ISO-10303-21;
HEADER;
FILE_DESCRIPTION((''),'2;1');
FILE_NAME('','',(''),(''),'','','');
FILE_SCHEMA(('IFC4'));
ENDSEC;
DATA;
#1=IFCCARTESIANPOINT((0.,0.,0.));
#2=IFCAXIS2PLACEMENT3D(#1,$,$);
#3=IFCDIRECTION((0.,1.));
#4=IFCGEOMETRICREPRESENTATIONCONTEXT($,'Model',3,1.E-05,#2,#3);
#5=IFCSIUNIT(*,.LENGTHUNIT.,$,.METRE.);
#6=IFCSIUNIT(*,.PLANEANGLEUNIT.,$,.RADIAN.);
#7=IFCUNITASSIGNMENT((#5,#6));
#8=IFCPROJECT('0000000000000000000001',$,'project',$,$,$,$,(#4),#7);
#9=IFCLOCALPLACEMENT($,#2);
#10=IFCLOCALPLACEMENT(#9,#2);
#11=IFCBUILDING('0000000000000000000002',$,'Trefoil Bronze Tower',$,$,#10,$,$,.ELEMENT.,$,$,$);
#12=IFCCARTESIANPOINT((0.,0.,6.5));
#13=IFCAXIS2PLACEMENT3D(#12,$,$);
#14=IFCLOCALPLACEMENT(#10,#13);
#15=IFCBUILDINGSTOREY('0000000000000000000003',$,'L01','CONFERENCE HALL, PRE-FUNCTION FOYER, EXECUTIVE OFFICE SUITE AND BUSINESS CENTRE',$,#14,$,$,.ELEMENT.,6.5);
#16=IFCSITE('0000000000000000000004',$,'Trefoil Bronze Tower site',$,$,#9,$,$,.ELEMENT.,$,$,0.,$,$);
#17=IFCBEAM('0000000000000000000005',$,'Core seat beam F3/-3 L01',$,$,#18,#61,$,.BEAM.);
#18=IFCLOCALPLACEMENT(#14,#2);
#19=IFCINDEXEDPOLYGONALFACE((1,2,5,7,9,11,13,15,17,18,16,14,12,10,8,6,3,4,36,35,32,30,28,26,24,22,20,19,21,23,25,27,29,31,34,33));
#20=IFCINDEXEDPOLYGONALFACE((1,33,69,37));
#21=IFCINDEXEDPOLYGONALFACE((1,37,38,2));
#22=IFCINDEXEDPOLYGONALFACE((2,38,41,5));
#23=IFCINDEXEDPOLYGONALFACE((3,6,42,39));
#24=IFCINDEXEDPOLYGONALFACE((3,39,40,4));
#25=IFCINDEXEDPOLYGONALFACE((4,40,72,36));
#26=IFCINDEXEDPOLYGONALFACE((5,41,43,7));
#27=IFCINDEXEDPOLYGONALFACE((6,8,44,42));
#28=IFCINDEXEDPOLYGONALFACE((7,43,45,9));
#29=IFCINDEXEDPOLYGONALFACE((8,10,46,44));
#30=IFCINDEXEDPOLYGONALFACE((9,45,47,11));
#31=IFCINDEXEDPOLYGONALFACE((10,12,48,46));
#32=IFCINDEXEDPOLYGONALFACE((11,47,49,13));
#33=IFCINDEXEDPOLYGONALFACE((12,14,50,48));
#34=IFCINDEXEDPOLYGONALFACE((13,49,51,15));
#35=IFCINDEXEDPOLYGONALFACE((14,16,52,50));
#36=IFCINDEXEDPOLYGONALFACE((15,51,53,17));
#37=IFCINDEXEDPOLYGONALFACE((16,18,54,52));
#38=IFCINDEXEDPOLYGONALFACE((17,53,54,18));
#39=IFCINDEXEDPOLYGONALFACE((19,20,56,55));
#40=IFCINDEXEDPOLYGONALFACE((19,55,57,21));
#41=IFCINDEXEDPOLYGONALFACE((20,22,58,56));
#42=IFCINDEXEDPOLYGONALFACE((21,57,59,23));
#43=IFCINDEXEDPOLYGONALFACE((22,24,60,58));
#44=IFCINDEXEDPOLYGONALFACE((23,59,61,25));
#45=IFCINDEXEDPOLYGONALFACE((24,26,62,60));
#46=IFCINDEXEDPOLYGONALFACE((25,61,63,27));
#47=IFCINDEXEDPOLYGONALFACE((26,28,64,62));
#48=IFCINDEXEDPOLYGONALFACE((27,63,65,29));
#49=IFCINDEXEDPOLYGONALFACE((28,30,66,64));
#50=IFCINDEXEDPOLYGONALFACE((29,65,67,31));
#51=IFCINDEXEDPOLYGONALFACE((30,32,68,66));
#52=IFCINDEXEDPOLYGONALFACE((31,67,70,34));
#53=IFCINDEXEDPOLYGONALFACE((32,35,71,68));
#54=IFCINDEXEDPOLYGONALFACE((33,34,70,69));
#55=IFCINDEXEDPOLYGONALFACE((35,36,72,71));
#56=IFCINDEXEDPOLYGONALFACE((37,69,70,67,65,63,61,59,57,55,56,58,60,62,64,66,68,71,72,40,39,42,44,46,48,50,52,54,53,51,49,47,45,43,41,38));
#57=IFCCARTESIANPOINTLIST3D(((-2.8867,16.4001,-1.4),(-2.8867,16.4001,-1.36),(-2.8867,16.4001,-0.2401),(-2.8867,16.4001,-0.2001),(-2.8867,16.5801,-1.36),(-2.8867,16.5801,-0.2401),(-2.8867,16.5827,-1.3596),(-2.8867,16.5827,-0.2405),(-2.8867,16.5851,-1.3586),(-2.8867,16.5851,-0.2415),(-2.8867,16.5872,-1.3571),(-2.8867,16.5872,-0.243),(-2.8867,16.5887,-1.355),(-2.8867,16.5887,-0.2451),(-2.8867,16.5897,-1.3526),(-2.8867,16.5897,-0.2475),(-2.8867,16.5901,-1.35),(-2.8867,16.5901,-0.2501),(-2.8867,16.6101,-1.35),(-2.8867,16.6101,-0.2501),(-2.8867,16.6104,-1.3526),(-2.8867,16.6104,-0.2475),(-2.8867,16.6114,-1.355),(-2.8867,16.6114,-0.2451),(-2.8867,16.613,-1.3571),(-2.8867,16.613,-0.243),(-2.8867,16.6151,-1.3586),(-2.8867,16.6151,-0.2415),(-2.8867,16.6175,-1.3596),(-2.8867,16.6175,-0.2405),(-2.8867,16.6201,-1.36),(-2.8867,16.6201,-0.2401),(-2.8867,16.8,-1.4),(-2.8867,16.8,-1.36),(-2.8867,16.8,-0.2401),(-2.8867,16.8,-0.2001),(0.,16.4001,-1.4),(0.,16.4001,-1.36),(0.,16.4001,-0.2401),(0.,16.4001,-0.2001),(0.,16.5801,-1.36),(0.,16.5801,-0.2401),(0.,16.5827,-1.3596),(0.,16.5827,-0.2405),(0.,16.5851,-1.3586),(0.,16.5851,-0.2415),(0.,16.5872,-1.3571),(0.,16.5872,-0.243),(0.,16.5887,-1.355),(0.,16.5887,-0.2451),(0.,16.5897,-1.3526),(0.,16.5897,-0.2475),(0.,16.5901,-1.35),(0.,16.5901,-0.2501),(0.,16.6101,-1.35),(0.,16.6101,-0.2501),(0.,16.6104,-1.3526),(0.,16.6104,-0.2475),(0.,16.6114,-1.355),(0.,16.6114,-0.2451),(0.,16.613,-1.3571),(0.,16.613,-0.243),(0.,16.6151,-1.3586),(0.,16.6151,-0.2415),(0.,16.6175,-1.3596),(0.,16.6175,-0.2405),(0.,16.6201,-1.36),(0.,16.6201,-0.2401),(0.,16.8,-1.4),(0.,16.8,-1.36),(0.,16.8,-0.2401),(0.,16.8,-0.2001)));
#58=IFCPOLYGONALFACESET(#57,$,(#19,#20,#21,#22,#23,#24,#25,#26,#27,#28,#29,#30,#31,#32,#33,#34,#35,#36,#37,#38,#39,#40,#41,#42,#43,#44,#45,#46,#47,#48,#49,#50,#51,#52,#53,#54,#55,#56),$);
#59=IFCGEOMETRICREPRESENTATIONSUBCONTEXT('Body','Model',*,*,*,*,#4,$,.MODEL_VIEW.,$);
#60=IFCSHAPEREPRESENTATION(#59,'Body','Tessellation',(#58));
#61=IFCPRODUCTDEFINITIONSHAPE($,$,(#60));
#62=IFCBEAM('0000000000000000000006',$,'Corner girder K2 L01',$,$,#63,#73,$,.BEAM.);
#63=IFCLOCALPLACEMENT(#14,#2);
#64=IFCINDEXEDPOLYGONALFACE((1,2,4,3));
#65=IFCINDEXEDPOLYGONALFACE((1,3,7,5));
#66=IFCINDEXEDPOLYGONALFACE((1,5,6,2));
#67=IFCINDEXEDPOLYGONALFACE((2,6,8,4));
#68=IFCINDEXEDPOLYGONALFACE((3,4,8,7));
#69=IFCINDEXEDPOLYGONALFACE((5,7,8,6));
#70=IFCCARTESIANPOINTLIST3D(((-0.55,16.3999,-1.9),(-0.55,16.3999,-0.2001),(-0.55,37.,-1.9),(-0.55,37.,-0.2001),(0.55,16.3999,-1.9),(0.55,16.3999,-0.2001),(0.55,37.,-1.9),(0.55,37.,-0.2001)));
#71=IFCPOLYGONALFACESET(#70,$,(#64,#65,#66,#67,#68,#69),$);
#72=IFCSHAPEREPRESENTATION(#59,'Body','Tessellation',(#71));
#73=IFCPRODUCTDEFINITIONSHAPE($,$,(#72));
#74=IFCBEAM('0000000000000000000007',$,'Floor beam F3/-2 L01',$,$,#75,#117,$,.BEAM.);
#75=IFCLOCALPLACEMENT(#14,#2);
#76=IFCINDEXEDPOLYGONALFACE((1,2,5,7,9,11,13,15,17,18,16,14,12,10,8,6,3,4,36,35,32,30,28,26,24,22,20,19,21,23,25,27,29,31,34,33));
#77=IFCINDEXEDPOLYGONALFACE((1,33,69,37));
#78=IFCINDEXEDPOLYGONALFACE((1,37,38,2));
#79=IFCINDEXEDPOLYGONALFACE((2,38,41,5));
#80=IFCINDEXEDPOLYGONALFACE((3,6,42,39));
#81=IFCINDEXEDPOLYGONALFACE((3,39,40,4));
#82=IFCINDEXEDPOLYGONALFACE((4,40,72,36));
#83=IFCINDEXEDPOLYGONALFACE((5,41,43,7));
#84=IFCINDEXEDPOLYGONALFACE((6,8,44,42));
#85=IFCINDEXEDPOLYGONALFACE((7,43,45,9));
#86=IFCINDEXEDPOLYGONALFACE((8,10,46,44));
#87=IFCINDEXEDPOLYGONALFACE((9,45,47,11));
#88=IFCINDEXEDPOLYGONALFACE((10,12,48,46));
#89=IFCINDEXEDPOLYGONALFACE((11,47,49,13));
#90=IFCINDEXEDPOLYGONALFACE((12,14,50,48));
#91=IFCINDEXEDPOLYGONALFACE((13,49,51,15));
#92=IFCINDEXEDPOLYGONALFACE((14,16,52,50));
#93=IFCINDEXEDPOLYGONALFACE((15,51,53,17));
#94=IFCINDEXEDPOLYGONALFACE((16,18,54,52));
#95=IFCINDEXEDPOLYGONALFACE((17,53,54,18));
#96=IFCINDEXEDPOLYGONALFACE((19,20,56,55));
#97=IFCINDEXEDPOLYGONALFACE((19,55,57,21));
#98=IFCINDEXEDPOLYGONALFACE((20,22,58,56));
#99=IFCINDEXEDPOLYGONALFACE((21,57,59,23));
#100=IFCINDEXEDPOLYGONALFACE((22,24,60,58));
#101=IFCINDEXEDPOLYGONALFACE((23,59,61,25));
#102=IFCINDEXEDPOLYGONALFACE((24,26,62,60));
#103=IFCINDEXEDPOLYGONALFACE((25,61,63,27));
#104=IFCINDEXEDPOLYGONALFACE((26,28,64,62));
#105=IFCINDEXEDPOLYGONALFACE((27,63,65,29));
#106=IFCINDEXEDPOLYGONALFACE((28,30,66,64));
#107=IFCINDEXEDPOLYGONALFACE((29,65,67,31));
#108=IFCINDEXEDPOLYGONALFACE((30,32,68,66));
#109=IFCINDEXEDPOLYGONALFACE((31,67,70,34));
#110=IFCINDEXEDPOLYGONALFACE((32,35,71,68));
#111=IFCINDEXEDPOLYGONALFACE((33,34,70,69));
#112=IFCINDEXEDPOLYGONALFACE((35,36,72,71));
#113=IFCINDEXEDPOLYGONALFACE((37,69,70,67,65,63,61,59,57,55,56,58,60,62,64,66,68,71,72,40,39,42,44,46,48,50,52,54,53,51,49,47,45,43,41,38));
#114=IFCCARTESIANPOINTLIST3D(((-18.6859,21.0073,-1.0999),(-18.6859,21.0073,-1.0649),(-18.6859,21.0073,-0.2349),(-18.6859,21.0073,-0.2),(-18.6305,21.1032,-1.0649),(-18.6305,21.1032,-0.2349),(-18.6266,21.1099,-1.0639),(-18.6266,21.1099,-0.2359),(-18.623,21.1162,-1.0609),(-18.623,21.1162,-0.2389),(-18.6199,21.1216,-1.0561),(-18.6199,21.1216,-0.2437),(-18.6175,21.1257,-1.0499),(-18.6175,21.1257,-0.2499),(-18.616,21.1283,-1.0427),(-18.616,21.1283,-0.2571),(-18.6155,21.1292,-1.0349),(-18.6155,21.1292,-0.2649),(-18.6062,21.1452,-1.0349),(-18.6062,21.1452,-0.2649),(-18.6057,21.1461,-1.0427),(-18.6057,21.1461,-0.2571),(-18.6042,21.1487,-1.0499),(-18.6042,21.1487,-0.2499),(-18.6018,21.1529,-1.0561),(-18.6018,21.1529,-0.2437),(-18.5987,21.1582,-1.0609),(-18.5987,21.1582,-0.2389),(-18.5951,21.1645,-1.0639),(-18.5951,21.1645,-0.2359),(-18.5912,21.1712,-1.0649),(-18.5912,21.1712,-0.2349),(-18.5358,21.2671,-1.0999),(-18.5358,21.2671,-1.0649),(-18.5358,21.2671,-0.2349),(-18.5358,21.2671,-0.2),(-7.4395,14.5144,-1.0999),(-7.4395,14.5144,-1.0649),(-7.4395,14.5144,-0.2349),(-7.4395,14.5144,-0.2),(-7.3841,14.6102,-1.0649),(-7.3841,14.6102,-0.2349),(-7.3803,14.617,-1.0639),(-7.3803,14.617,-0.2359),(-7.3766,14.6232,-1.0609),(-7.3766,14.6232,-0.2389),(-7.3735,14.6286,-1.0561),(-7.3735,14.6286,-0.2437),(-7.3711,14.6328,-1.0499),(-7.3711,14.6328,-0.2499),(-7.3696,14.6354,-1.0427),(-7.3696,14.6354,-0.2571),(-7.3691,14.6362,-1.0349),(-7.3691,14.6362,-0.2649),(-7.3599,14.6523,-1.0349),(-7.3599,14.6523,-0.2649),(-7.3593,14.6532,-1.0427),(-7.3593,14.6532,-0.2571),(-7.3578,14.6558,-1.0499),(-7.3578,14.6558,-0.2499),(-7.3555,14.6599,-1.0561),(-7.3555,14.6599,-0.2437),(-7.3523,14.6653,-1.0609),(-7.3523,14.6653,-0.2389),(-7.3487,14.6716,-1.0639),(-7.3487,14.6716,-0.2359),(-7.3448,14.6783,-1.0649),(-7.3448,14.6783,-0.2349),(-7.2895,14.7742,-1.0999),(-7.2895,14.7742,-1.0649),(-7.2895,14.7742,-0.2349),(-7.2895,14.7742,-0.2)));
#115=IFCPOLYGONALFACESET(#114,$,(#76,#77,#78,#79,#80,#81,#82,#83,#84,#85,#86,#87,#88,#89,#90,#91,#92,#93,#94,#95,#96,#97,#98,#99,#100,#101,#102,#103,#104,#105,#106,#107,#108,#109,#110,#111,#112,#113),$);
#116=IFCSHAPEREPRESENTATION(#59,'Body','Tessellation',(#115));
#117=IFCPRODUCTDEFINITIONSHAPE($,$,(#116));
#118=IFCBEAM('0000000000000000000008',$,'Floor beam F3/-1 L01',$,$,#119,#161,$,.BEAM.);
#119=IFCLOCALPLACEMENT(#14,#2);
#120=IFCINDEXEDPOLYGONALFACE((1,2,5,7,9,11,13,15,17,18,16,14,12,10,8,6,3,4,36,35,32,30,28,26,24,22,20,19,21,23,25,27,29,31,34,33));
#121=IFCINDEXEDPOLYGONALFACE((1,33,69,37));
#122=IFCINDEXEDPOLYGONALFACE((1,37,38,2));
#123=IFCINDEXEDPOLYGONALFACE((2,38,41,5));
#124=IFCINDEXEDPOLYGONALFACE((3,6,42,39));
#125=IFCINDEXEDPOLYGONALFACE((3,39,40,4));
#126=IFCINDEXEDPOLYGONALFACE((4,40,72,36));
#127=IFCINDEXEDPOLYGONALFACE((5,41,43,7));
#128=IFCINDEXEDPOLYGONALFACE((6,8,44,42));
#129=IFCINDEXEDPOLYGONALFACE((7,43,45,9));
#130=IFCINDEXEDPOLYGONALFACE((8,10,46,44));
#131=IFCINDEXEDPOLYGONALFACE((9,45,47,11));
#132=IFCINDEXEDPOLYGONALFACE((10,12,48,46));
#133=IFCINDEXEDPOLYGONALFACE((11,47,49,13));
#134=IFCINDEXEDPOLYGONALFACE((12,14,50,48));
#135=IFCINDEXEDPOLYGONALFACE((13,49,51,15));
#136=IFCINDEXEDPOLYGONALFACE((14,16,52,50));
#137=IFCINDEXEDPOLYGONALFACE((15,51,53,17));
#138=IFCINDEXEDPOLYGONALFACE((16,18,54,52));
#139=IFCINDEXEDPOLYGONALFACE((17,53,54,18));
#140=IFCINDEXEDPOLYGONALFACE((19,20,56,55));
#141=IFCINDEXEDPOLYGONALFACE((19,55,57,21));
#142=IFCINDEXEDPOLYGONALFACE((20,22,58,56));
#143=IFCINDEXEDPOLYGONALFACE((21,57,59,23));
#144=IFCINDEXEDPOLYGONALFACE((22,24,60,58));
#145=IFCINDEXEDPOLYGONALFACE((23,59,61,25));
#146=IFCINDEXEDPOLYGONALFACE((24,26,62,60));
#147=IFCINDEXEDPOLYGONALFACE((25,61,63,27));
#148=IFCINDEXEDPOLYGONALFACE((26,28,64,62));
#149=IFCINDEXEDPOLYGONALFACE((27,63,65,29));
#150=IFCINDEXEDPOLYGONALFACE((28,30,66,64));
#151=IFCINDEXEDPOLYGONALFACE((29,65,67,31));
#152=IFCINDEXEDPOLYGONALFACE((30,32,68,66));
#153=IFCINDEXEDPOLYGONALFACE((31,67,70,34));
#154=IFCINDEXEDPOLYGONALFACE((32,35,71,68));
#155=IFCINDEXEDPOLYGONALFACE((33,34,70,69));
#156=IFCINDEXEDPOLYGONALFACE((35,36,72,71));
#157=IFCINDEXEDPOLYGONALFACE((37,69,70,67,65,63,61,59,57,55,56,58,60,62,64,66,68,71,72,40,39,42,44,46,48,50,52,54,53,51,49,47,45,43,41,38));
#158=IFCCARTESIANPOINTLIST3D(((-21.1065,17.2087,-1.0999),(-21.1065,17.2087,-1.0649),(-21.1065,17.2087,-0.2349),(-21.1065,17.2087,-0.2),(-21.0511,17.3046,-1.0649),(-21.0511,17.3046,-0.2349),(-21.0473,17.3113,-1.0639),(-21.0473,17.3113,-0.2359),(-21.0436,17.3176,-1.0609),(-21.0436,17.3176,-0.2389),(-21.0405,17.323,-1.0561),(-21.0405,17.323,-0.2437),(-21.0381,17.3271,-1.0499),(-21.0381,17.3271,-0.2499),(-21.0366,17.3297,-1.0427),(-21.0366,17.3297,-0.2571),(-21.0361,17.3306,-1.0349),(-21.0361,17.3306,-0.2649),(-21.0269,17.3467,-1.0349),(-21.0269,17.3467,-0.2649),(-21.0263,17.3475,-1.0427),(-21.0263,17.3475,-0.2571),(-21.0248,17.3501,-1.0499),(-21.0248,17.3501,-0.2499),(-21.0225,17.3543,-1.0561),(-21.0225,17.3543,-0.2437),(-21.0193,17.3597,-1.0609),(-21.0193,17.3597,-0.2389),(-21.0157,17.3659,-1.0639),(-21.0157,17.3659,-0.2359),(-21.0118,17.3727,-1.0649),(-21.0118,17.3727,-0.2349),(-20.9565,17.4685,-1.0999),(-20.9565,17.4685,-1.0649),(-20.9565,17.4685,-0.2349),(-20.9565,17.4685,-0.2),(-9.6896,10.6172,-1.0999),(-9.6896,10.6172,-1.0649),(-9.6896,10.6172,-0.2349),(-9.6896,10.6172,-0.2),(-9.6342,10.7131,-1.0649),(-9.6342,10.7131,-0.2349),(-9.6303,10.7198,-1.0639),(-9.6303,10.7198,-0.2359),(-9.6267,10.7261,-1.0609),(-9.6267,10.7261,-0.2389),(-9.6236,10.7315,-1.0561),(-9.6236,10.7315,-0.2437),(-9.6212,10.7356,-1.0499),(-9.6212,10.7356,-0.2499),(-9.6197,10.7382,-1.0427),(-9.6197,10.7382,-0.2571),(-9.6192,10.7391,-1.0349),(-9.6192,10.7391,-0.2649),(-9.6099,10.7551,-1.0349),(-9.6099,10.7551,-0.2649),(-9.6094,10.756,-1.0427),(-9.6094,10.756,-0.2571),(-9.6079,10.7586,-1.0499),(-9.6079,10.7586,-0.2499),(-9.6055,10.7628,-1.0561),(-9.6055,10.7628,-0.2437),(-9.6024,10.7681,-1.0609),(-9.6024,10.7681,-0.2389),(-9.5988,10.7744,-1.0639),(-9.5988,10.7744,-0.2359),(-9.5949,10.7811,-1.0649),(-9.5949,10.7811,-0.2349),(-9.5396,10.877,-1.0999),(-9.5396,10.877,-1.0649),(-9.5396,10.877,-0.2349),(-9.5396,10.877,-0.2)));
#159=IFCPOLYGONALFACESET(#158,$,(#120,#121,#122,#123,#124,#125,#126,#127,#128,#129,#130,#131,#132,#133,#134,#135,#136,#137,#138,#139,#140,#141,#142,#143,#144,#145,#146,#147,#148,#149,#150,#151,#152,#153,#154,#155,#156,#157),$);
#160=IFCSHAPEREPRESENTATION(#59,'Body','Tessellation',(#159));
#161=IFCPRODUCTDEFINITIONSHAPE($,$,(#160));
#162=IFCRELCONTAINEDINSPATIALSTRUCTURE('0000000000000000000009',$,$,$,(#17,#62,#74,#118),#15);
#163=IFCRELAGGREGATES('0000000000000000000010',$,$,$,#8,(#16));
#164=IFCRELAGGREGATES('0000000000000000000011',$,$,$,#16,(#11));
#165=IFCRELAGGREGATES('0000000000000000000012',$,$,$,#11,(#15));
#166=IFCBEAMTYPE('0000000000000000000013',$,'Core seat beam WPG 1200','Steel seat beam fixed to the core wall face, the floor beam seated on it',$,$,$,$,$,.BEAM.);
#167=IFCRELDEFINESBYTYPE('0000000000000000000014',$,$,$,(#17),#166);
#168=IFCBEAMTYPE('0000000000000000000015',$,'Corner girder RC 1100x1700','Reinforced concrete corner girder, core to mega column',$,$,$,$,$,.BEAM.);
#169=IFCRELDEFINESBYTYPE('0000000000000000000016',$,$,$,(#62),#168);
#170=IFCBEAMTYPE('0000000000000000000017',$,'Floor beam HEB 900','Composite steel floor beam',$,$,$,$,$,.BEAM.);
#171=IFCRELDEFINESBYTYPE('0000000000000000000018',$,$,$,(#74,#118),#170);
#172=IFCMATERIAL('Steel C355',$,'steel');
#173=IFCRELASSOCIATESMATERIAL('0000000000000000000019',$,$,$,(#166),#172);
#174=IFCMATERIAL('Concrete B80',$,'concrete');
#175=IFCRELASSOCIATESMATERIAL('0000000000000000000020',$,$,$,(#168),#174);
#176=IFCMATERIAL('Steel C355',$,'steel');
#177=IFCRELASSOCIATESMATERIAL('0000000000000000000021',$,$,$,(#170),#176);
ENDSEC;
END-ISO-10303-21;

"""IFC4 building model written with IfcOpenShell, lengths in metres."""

from ifc_helpers import new_model, si_unit, direction, frame, origin, origin_2d, place, context, subcontext, project, spatial, rectangle, i_section, extrude, material, material_profile, profile_set, type_object, element, save


model = new_model("IFC4")

# Units and contexts
model_context = context("Model", 3, precision=1e-05, world=origin(), true_north=direction((0.0, 1.0)))
body_context = subcontext(model_context, "Body", "Model", "MODEL_VIEW")
ifc_project = project(units=[si_unit("LENGTHUNIT", "METRE"), si_unit("PLANEANGLEUNIT", "RADIAN")], contexts=[model_context])

# Site, building, storey
site_placement = place(None, origin())
site = spatial("IfcSite", under=ifc_project, at=site_placement, Name="Trefoil Bronze Tower site", CompositionType="ELEMENT", RefElevation=0.0)
building_placement = place(site_placement, origin())
building = spatial("IfcBuilding", under=site, at=building_placement, Name="Trefoil Bronze Tower", CompositionType="ELEMENT")
storey_placement = place(building_placement, frame((0.0, 0.0, 6.5)))
storey = spatial("IfcBuildingStorey", under=building, at=storey_placement, Name="L01", Description="CONFERENCE HALL, PRE-FUNCTION FOYER, EXECUTIVE OFFICE SUITE AND BUSINESS CENTRE", CompositionType="ELEMENT", Elevation=6.5)

# Beams
ifc_material_1 = material(Name="Steel C355", Category="steel")
ifc_material_profile_1 = material_profile(ifc_material_1, i_section(OverallWidth=0.3999, OverallDepth=1.2, WebThickness=0.02, FlangeThickness=0.04, FilletRadius=0.01, at=origin_2d()), Name="WPG 1200")
ifc_profile_set_1 = profile_set([ifc_material_profile_1], Name="Steel C355")
beam_type_1 = type_object("IfcBeamType", Name="Core seat beam WPG 1200", Description="Steel seat beam fixed to the core wall face, the floor beam seated on it", PredefinedType="BEAM", material=ifc_profile_set_1)
beam_1_placement = place(storey_placement, frame((0.0, 16.6001, -0.8), z_axis=(-1.0, 0.0, 0.0), x_axis=(0.0, -1.0, 0.0)))
element("IfcBeam", 1, at=beam_1_placement, inside=storey, type_object=beam_type_1, Name="Core seat beam F3/-3 L01", PredefinedType="BEAM", context=body_context, shape_type="SweptSolid", body=[
    extrude(i_section(OverallWidth=0.3999, OverallDepth=1.2, WebThickness=0.02, FlangeThickness=0.04, FilletRadius=0.01, at=origin_2d()), origin(), (0.0, 0.0, 1.0), 2.8867),
])
ifc_material_2 = material(Name="Concrete B80", Category="concrete")
ifc_material_profile_2 = material_profile(ifc_material_2, rectangle(XDim=1.1001, YDim=1.7, at=origin_2d()), Name="RC 1100x1700")
ifc_profile_set_2 = profile_set([ifc_material_profile_2], Name="Concrete B80")
beam_type_2 = type_object("IfcBeamType", Name="Corner girder RC 1100x1700", Description="Reinforced concrete corner girder, core to mega column", PredefinedType="BEAM", material=ifc_profile_set_2)
beam_2_placement = place(storey_placement, frame((0.0, 16.3999, -1.05), z_axis=(0.0, 1.0, 0.0), x_axis=(-1.0, 0.0, 0.0)))
element("IfcBeam", 2, at=beam_2_placement, inside=storey, type_object=beam_type_2, Name="Corner girder K2 L01", PredefinedType="BEAM", context=body_context, shape_type="SweptSolid", body=[
    extrude(rectangle(XDim=1.1001, YDim=1.7, at=origin_2d()), origin(), (0.0, 0.0, 1.0), 20.6001),
])
ifc_material_3 = material(Name="Steel C355", Category="steel")
ifc_material_profile_3 = material_profile(ifc_material_3, i_section(OverallWidth=0.3, OverallDepth=0.8999, WebThickness=0.0186, FlangeThickness=0.0349, FilletRadius=0.03, at=origin_2d()), Name="HEB 900")
ifc_profile_set_3 = profile_set([ifc_material_profile_3], Name="Steel C355")
beam_type_3 = type_object("IfcBeamType", Name="Floor beam HEB 900", Description="Composite steel floor beam", PredefinedType="BEAM", material=ifc_profile_set_3)
beam_3_placement = place(storey_placement, frame((-18.6108, 21.1372, -0.6499), z_axis=(0.866031, -0.499991, 0.0), x_axis=(0.499991, 0.866031, 0.0)))
element("IfcBeam", 3, at=beam_3_placement, inside=storey, type_object=beam_type_3, Name="Floor beam F3/-2 L01", PredefinedType="BEAM", context=body_context, shape_type="SweptSolid", body=[
    extrude(i_section(OverallWidth=0.3, OverallDepth=0.8999, WebThickness=0.0186, FlangeThickness=0.0349, FilletRadius=0.03, at=origin_2d()), origin(), (0.0, 0.0, 1.0), 12.9861),
])
beam_4_placement = place(storey_placement, frame((-21.0315, 17.3386, -0.6499), z_axis=(0.866027, -0.499997, 0.0), x_axis=(0.499997, 0.866027, 0.0)))
element("IfcBeam", 4, at=beam_4_placement, inside=storey, type_object=beam_type_3, Name="Floor beam F3/-1 L01", PredefinedType="BEAM", context=body_context, shape_type="SweptSolid", body=[
    extrude(i_section(OverallWidth=0.3, OverallDepth=0.8999, WebThickness=0.0186, FlangeThickness=0.0349, FilletRadius=0.03, at=origin_2d()), origin(), (0.0, 0.0, 1.0), 13.1831),
])

save(model, "model.ifc")
